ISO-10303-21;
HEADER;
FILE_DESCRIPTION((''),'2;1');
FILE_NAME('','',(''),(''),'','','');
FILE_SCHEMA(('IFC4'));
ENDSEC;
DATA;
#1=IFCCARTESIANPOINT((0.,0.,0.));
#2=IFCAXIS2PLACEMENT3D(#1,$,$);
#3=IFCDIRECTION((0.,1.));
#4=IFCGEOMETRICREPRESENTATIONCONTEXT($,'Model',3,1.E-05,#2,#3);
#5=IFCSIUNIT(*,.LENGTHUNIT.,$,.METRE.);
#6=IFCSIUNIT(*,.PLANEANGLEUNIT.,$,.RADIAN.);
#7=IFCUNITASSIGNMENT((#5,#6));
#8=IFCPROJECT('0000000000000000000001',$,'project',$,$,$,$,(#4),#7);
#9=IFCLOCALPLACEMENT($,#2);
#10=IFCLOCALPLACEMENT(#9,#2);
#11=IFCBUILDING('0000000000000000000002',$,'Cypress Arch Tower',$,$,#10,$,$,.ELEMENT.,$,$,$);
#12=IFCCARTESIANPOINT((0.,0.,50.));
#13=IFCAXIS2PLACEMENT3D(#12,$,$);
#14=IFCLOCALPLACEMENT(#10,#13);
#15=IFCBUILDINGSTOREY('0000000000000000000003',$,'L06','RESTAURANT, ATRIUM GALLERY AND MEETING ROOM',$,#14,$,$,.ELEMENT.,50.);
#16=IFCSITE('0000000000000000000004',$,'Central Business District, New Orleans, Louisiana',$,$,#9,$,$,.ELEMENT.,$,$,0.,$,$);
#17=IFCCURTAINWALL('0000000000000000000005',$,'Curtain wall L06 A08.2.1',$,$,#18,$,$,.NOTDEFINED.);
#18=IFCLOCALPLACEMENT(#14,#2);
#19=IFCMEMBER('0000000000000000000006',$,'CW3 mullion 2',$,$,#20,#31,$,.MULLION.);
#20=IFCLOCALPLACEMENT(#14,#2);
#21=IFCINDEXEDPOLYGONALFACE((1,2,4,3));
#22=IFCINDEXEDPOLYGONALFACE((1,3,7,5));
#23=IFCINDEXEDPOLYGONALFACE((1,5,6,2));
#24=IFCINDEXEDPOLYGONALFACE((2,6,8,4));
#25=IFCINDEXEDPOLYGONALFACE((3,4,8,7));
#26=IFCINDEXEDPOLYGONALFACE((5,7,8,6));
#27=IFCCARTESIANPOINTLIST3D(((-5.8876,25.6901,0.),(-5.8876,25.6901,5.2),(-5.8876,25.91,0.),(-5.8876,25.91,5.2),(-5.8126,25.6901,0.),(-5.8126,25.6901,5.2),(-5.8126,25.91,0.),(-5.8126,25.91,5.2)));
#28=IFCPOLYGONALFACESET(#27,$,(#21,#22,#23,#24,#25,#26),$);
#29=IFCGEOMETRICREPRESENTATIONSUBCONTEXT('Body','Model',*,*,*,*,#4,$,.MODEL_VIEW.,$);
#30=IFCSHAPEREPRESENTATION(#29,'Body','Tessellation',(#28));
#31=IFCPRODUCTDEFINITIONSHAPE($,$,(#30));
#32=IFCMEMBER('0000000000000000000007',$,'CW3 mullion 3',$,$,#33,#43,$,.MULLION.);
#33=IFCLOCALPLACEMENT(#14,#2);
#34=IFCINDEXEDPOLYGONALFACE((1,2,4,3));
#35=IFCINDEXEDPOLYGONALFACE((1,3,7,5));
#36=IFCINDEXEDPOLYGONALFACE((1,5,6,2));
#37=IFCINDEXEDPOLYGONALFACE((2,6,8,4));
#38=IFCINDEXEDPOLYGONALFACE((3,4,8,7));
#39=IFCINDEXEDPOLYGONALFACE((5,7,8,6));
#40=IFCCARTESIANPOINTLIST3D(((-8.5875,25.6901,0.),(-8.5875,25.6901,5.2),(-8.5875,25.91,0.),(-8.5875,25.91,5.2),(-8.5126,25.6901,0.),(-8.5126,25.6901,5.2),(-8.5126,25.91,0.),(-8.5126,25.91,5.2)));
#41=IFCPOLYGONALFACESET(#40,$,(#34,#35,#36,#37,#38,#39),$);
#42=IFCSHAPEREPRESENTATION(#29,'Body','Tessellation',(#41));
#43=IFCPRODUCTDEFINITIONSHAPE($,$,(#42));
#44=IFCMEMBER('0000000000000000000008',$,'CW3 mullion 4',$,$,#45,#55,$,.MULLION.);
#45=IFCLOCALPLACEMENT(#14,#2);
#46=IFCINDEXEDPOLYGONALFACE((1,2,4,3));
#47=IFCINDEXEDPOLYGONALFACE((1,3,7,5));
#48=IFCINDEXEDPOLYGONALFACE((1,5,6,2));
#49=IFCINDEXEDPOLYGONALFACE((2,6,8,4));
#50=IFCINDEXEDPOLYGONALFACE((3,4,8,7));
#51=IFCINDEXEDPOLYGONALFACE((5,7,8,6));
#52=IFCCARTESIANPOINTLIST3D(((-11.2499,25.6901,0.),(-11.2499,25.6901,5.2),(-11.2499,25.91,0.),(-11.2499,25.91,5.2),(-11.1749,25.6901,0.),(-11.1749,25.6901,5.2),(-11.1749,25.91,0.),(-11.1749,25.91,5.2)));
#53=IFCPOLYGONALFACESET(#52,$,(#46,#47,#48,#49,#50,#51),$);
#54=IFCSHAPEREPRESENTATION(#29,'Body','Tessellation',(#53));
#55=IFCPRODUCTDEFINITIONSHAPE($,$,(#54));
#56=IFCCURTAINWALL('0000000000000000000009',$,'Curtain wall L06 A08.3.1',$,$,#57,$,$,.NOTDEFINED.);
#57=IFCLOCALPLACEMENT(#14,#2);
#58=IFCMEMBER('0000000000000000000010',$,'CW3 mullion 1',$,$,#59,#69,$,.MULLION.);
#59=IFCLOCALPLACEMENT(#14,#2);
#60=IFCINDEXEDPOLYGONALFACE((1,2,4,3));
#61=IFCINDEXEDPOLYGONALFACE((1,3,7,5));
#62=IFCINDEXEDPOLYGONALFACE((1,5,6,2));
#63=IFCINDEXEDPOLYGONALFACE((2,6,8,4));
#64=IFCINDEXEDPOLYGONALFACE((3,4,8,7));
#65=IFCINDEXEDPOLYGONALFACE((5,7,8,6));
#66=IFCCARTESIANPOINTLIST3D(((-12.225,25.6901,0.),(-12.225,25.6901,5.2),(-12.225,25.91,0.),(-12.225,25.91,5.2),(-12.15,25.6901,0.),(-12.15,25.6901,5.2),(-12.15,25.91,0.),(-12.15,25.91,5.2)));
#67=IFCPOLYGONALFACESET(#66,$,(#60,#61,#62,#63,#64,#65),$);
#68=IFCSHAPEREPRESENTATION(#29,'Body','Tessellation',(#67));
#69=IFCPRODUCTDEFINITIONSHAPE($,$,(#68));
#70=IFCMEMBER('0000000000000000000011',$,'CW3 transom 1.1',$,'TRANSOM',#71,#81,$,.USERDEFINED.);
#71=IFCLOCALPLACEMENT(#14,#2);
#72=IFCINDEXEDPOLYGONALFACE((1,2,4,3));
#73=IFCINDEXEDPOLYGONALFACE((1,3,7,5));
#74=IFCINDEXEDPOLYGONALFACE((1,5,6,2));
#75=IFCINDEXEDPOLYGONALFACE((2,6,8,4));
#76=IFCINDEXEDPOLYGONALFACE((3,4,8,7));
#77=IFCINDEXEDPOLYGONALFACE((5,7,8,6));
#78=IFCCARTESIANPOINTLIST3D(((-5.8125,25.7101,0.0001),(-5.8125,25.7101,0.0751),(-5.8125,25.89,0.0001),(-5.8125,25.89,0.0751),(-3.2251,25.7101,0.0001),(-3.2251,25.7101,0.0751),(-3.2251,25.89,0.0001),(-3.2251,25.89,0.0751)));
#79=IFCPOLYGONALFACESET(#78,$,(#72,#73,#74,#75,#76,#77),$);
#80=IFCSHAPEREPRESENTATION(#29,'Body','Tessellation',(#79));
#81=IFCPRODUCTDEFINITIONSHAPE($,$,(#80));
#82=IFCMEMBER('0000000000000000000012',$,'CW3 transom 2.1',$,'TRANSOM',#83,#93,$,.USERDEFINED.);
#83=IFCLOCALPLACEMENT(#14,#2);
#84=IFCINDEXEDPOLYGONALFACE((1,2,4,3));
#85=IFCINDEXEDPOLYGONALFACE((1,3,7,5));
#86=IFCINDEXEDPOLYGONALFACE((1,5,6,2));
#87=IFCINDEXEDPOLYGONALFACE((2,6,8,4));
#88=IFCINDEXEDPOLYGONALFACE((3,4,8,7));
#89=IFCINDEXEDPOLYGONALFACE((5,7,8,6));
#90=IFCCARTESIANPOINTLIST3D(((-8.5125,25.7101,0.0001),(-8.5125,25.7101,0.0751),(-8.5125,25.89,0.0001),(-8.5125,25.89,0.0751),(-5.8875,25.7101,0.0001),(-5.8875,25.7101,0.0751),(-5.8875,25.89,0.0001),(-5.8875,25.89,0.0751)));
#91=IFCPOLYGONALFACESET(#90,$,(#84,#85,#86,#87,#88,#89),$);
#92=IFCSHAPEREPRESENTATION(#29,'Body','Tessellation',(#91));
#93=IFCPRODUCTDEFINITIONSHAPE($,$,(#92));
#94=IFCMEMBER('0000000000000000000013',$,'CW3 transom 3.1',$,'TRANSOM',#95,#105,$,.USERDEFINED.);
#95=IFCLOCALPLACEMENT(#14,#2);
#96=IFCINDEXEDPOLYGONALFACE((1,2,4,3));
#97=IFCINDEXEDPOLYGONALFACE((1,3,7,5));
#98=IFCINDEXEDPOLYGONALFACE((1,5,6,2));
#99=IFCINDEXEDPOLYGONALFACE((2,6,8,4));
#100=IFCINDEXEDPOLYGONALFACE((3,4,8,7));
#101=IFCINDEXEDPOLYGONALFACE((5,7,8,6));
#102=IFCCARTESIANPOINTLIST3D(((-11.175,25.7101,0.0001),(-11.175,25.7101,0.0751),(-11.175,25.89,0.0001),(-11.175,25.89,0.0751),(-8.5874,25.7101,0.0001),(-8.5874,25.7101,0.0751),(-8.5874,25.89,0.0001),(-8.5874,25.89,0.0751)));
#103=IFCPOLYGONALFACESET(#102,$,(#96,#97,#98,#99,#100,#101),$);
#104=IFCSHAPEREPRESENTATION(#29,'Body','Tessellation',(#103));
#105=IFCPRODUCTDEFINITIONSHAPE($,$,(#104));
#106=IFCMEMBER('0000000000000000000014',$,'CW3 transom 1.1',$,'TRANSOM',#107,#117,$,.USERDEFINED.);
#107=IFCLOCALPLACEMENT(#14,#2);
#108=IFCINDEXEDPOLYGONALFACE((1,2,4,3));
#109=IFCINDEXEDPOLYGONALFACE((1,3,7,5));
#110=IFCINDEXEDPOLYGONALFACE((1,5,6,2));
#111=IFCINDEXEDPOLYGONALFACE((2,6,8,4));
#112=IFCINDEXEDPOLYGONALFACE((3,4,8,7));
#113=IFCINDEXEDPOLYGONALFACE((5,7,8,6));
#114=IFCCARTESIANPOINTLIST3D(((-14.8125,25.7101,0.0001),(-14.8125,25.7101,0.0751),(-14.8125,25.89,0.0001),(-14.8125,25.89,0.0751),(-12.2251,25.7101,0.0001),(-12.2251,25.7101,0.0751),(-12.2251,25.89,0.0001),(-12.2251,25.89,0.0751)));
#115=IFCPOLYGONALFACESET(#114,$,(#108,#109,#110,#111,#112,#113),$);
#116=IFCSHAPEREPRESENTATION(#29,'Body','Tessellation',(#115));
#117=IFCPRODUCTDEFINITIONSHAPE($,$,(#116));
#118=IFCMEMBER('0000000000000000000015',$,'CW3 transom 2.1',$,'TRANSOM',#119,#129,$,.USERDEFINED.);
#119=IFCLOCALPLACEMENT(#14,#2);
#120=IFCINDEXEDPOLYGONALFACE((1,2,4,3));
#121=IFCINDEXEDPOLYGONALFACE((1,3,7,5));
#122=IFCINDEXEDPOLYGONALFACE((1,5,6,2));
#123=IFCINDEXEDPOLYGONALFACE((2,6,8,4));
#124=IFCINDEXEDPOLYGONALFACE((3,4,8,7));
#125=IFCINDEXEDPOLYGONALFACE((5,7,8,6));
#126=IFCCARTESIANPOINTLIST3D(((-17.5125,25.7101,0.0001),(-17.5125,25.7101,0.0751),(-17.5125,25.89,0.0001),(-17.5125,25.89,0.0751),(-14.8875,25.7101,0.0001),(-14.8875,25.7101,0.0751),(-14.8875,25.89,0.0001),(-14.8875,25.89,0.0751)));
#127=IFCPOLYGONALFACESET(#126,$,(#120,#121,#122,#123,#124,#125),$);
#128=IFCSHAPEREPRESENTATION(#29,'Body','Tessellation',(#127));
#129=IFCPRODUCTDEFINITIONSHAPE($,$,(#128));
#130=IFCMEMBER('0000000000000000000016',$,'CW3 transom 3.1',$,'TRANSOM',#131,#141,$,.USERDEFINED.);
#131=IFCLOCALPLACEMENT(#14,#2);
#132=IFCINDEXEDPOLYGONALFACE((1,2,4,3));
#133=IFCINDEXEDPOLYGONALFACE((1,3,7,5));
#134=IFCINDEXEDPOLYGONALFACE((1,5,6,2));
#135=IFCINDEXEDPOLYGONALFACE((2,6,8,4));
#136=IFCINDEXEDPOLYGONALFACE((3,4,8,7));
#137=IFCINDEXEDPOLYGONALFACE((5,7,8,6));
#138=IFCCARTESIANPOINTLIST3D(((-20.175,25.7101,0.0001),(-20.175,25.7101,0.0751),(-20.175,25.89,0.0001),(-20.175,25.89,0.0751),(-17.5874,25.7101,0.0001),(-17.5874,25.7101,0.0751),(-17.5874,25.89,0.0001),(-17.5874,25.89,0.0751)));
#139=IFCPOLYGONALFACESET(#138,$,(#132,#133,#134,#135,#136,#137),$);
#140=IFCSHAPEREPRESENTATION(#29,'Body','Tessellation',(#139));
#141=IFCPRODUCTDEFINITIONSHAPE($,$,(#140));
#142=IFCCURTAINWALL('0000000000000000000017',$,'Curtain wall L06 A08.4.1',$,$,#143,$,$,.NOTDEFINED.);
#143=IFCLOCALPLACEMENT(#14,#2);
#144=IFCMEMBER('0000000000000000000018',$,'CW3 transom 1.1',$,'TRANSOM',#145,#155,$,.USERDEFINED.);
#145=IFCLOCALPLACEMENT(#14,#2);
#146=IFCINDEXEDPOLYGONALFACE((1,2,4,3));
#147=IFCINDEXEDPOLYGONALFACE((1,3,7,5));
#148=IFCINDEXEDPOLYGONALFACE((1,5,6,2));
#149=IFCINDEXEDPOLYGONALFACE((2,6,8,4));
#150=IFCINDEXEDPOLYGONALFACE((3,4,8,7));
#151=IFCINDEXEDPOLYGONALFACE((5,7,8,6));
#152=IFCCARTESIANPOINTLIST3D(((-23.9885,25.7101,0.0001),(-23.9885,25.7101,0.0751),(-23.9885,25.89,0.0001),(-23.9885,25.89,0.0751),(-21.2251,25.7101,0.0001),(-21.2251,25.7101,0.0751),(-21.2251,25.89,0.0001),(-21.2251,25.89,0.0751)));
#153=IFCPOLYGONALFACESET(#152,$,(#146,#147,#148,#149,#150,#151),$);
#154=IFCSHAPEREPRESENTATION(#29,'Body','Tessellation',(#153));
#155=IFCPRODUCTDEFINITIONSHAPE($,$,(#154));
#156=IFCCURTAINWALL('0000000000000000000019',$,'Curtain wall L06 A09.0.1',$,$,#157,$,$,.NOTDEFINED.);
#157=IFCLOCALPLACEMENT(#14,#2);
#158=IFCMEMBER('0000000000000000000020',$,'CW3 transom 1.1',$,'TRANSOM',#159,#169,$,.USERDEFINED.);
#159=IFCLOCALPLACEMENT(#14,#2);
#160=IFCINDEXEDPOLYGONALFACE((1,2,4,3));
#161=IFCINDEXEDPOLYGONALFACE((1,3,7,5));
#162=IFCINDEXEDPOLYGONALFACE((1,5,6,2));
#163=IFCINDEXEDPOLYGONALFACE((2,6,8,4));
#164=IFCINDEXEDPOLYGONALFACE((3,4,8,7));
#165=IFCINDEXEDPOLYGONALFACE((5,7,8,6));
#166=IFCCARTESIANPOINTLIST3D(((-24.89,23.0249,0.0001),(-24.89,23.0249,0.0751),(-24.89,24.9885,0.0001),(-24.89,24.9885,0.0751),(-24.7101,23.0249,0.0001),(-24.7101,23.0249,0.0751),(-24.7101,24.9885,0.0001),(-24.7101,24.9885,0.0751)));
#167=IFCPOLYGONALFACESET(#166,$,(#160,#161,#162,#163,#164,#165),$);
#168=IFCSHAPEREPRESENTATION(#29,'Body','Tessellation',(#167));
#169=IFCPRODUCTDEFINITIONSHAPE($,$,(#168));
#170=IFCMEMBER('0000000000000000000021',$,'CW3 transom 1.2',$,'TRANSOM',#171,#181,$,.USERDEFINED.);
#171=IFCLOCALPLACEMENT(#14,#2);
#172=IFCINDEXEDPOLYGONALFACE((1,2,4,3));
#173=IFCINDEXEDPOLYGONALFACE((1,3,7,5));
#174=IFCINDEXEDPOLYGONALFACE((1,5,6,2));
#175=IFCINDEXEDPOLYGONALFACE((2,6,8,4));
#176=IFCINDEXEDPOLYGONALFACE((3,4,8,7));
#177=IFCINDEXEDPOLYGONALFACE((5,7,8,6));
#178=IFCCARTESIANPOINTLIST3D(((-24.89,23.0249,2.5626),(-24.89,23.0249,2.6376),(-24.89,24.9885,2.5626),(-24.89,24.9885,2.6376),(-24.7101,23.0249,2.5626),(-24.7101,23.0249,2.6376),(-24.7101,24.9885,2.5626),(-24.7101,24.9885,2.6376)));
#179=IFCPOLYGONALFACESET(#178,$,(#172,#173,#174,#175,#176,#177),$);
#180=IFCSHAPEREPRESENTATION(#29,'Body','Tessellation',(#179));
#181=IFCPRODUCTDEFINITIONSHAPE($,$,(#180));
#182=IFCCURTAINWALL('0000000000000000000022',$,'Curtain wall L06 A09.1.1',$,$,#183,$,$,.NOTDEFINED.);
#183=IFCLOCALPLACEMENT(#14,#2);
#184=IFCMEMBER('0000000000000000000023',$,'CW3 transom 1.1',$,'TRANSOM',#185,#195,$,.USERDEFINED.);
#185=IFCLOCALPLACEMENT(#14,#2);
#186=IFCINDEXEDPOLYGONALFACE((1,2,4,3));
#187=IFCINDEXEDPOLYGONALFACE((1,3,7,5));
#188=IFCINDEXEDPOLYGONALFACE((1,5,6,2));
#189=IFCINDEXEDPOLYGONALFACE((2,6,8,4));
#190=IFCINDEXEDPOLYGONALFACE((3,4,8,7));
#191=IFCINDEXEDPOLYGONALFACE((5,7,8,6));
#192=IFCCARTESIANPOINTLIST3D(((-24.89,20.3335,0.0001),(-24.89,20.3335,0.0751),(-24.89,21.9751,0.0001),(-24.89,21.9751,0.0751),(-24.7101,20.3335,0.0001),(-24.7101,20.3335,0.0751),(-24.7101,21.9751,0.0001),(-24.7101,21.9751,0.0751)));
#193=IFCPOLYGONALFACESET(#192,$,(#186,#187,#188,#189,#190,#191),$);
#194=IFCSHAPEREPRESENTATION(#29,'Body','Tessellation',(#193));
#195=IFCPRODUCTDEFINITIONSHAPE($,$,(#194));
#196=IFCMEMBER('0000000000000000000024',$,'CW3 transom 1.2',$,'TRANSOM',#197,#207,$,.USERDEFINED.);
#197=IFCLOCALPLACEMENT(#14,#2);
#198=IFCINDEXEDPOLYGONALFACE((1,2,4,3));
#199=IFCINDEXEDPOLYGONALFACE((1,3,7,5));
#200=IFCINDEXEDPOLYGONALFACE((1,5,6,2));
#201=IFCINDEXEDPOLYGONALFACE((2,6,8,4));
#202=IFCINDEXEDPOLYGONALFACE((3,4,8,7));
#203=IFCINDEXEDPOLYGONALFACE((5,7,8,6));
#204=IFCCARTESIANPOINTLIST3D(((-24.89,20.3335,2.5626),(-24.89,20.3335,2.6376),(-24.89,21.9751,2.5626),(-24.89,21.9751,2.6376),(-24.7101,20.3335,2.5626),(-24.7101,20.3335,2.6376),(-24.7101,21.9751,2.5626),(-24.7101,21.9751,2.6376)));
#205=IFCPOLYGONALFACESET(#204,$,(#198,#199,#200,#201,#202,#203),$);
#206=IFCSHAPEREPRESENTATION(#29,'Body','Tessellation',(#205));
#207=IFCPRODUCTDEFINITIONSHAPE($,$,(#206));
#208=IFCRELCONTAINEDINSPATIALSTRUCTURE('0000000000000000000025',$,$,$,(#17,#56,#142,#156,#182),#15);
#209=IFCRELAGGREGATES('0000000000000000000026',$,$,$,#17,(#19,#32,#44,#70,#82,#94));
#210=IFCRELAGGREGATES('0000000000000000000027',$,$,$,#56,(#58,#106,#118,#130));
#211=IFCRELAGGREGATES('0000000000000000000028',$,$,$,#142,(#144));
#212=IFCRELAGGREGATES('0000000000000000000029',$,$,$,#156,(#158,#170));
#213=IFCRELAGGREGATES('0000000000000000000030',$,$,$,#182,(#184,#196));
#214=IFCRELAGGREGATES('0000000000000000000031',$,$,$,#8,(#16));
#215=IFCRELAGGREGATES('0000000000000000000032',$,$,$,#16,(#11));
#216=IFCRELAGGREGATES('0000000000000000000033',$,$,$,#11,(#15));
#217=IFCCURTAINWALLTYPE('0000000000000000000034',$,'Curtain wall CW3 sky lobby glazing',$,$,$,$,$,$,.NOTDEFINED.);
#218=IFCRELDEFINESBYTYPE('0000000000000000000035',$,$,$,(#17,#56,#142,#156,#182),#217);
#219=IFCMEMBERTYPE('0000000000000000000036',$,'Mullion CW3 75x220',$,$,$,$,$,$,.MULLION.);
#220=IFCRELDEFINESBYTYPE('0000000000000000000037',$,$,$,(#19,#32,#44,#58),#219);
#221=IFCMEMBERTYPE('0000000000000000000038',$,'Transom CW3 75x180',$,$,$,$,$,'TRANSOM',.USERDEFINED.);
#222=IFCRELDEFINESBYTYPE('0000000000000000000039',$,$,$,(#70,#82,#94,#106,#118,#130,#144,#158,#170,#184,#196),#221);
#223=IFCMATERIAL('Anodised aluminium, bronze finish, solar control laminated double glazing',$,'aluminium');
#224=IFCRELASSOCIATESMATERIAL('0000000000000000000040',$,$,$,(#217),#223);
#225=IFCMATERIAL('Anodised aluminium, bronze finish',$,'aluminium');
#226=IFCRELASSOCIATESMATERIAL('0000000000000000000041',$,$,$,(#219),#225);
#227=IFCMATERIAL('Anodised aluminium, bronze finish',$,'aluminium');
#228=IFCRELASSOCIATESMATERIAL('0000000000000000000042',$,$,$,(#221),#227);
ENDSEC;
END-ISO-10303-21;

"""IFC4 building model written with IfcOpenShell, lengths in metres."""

from ifc_helpers import new_model, si_unit, direction, frame, origin, origin_2d, place, context, subcontext, project, spatial, rectangle, extrude, material, material_profile, profile_set, type_object, element, aggregate, save


model = new_model("IFC4")

# Units and contexts
model_context = context("Model", 3, precision=1e-05, world=origin(), true_north=direction((0.0, 1.0)))
body_context = subcontext(model_context, "Body", "Model", "MODEL_VIEW")
ifc_project = project(units=[si_unit("LENGTHUNIT", "METRE"), si_unit("PLANEANGLEUNIT", "RADIAN")], contexts=[model_context])

# Site, building, storey
site_placement = place(None, origin())
site = spatial("IfcSite", under=ifc_project, at=site_placement, Name="Central Business District, New Orleans, Louisiana", CompositionType="ELEMENT", RefElevation=0.0)
building_placement = place(site_placement, origin())
building = spatial("IfcBuilding", under=site, at=building_placement, Name="Cypress Arch Tower", CompositionType="ELEMENT")
storey_placement = place(building_placement, frame((0.0, 0.0, 50.0)))
storey = spatial("IfcBuildingStorey", under=building, at=storey_placement, Name="L06", Description="RESTAURANT, ATRIUM GALLERY AND MEETING ROOM", CompositionType="ELEMENT", Elevation=50.0)

# Curtain wall, members
ifc_material_1 = material(Name="Anodised aluminium, bronze finish, solar control laminated double glazing", Category="aluminium")
curtain_wall_type = type_object("IfcCurtainWallType", Name="Curtain wall CW3 sky lobby glazing", PredefinedType="NOTDEFINED", material=ifc_material_1)
curtain_wall_1_placement = place(storey_placement, origin())
curtain_wall_1 = element("IfcCurtainWall", 1, at=curtain_wall_1_placement, inside=storey, type_object=curtain_wall_type, Name="Curtain wall L06 A08.2.1", PredefinedType="NOTDEFINED")
ifc_material_2 = material(Name="Anodised aluminium, bronze finish", Category="aluminium")
ifc_material_profile_1 = material_profile(ifc_material_2, rectangle(XDim=0.22, YDim=0.075, at=origin_2d()), Name="Mullion 75x220")
ifc_profile_set_1 = profile_set([ifc_material_profile_1], Name="Anodised aluminium, bronze finish")
member_type_1 = type_object("IfcMemberType", Name="Mullion CW3 75x220", PredefinedType="MULLION", material=ifc_profile_set_1)
member_1_placement = place(storey_placement, frame((-5.8501, 25.8, 0.0), z_axis=(0.0, 0.0, 1.0), x_axis=(0.0, -1.0, 0.0)))
member_1 = element("IfcMember", 2, at=member_1_placement, type_object=member_type_1, Name="CW3 mullion 2", PredefinedType="MULLION", context=body_context, shape_type="SweptSolid", body=[
    extrude(rectangle(XDim=0.22, YDim=0.075, at=origin_2d()), origin(), (0.0, 0.0, 1.0), 5.2),
])
member_2_placement = place(storey_placement, frame((-8.55, 25.8, 0.0), z_axis=(0.0, 0.0, 1.0), x_axis=(0.0, -1.0, 0.0)))
member_2 = element("IfcMember", 3, at=member_2_placement, type_object=member_type_1, Name="CW3 mullion 3", PredefinedType="MULLION", context=body_context, shape_type="SweptSolid", body=[
    extrude(rectangle(XDim=0.22, YDim=0.075, at=origin_2d()), origin(), (0.0, 0.0, 1.0), 5.2),
])
member_3_placement = place(storey_placement, frame((-11.2124, 25.8, 0.0), z_axis=(0.0, 0.0, 1.0), x_axis=(0.0, -1.0, 0.0)))
member_3 = element("IfcMember", 4, at=member_3_placement, type_object=member_type_1, Name="CW3 mullion 4", PredefinedType="MULLION", context=body_context, shape_type="SweptSolid", body=[
    extrude(rectangle(XDim=0.22, YDim=0.075, at=origin_2d()), origin(), (0.0, 0.0, 1.0), 5.2),
])

# Curtain wall, member
curtain_wall_2_placement = place(storey_placement, origin())
curtain_wall_2 = element("IfcCurtainWall", 5, at=curtain_wall_2_placement, inside=storey, type_object=curtain_wall_type, Name="Curtain wall L06 A08.3.1", PredefinedType="NOTDEFINED")
member_4_placement = place(storey_placement, frame((-12.1875, 25.8, 0.0), z_axis=(0.0, 0.0, 1.0), x_axis=(0.0, -1.0, 0.0)))
member_4 = element("IfcMember", 6, at=member_4_placement, type_object=member_type_1, Name="CW3 mullion 1", PredefinedType="MULLION", context=body_context, shape_type="SweptSolid", body=[
    extrude(rectangle(XDim=0.22, YDim=0.075, at=origin_2d()), origin(), (0.0, 0.0, 1.0), 5.2),
])

# Members
ifc_material_3 = material(Name="Anodised aluminium, bronze finish", Category="aluminium")
ifc_material_profile_2 = material_profile(ifc_material_3, rectangle(XDim=0.1799, YDim=0.075, at=origin_2d()), Name="Transom 75x180")
ifc_profile_set_2 = profile_set([ifc_material_profile_2], Name="Anodised aluminium, bronze finish")
member_type_2 = type_object("IfcMemberType", Name="Transom CW3 75x180", ElementType="TRANSOM", PredefinedType="USERDEFINED", material=ifc_profile_set_2)
member_5_placement = place(storey_placement, frame((-3.2251, 25.8, 0.0376), z_axis=(-1.0, 0.0, 0.0), x_axis=(0.0, -1.0, 0.0)))
member_5 = element("IfcMember", 7, at=member_5_placement, type_object=member_type_2, Name="CW3 transom 1.1", ObjectType="TRANSOM", PredefinedType="USERDEFINED", context=body_context, shape_type="SweptSolid", body=[
    extrude(rectangle(XDim=0.1799, YDim=0.075, at=origin_2d()), origin(), (0.0, 0.0, 1.0), 2.5874),
])
member_6_placement = place(storey_placement, frame((-5.8875, 25.8, 0.0376), z_axis=(-1.0, 0.0, 0.0), x_axis=(0.0, -1.0, 0.0)))
member_6 = element("IfcMember", 8, at=member_6_placement, type_object=member_type_2, Name="CW3 transom 2.1", ObjectType="TRANSOM", PredefinedType="USERDEFINED", context=body_context, shape_type="SweptSolid", body=[
    extrude(rectangle(XDim=0.1799, YDim=0.075, at=origin_2d()), origin(), (0.0, 0.0, 1.0), 2.625),
])
member_7_placement = place(storey_placement, frame((-8.5874, 25.8, 0.0376), z_axis=(-1.0, 0.0, 0.0), x_axis=(0.0, -1.0, 0.0)))
member_7 = element("IfcMember", 9, at=member_7_placement, type_object=member_type_2, Name="CW3 transom 3.1", ObjectType="TRANSOM", PredefinedType="USERDEFINED", context=body_context, shape_type="SweptSolid", body=[
    extrude(rectangle(XDim=0.1799, YDim=0.075, at=origin_2d()), origin(), (0.0, 0.0, 1.0), 2.5876),
])
member_8_placement = place(storey_placement, frame((-12.2251, 25.8, 0.0376), z_axis=(-1.0, 0.0, 0.0), x_axis=(0.0, -1.0, 0.0)))
member_8 = element("IfcMember", 10, at=member_8_placement, type_object=member_type_2, Name="CW3 transom 1.1", ObjectType="TRANSOM", PredefinedType="USERDEFINED", context=body_context, shape_type="SweptSolid", body=[
    extrude(rectangle(XDim=0.1799, YDim=0.075, at=origin_2d()), origin(), (0.0, 0.0, 1.0), 2.5874),
])
member_9_placement = place(storey_placement, frame((-14.8875, 25.8, 0.0376), z_axis=(-1.0, 0.0, 0.0), x_axis=(0.0, -1.0, 0.0)))
member_9 = element("IfcMember", 11, at=member_9_placement, type_object=member_type_2, Name="CW3 transom 2.1", ObjectType="TRANSOM", PredefinedType="USERDEFINED", context=body_context, shape_type="SweptSolid", body=[
    extrude(rectangle(XDim=0.1799, YDim=0.075, at=origin_2d()), origin(), (0.0, 0.0, 1.0), 2.625),
])
member_10_placement = place(storey_placement, frame((-17.5874, 25.8, 0.0376), z_axis=(-1.0, 0.0, 0.0), x_axis=(0.0, -1.0, 0.0)))
member_10 = element("IfcMember", 12, at=member_10_placement, type_object=member_type_2, Name="CW3 transom 3.1", ObjectType="TRANSOM", PredefinedType="USERDEFINED", context=body_context, shape_type="SweptSolid", body=[
    extrude(rectangle(XDim=0.1799, YDim=0.075, at=origin_2d()), origin(), (0.0, 0.0, 1.0), 2.5876),
])

# Curtain wall, member
curtain_wall_3_placement = place(storey_placement, origin())
curtain_wall_3 = element("IfcCurtainWall", 13, at=curtain_wall_3_placement, inside=storey, type_object=curtain_wall_type, Name="Curtain wall L06 A08.4.1", PredefinedType="NOTDEFINED")
member_11_placement = place(storey_placement, frame((-21.2251, 25.8, 0.0376), z_axis=(-1.0, 0.0, 0.0), x_axis=(0.0, -1.0, 0.0)))
member_11 = element("IfcMember", 14, at=member_11_placement, type_object=member_type_2, Name="CW3 transom 1.1", ObjectType="TRANSOM", PredefinedType="USERDEFINED", context=body_context, shape_type="SweptSolid", body=[
    extrude(rectangle(XDim=0.1799, YDim=0.075, at=origin_2d()), origin(), (0.0, 0.0, 1.0), 2.7634),
])

# Curtain walls, members
curtain_wall_4_placement = place(storey_placement, origin())
curtain_wall_4 = element("IfcCurtainWall", 15, at=curtain_wall_4_placement, inside=storey, type_object=curtain_wall_type, Name="Curtain wall L06 A09.0.1", PredefinedType="NOTDEFINED")
member_12_placement = place(storey_placement, frame((-24.8, 24.9885, 0.0376), z_axis=(0.0, -1.0, 0.0), x_axis=(1.0, 0.0, 0.0)))
member_12 = element("IfcMember", 16, at=member_12_placement, type_object=member_type_2, Name="CW3 transom 1.1", ObjectType="TRANSOM", PredefinedType="USERDEFINED", context=body_context, shape_type="SweptSolid", body=[
    extrude(rectangle(XDim=0.1799, YDim=0.075, at=origin_2d()), origin(), (0.0, 0.0, 1.0), 1.9636),
])
member_13_placement = place(storey_placement, frame((-24.8, 24.9885, 2.6001), z_axis=(0.0, -1.0, 0.0), x_axis=(1.0, 0.0, 0.0)))
member_13 = element("IfcMember", 17, at=member_13_placement, type_object=member_type_2, Name="CW3 transom 1.2", ObjectType="TRANSOM", PredefinedType="USERDEFINED", context=body_context, shape_type="SweptSolid", body=[
    extrude(rectangle(XDim=0.1799, YDim=0.075, at=origin_2d()), origin(), (0.0, 0.0, 1.0), 1.9636),
])
curtain_wall_5_placement = place(storey_placement, origin())
curtain_wall_5 = element("IfcCurtainWall", 18, at=curtain_wall_5_placement, inside=storey, type_object=curtain_wall_type, Name="Curtain wall L06 A09.1.1", PredefinedType="NOTDEFINED")
member_14_placement = place(storey_placement, frame((-24.8, 21.9751, 0.0376), z_axis=(0.0, -1.0, 0.0), x_axis=(1.0, 0.0, 0.0)))
member_14 = element("IfcMember", 19, at=member_14_placement, type_object=member_type_2, Name="CW3 transom 1.1", ObjectType="TRANSOM", PredefinedType="USERDEFINED", context=body_context, shape_type="SweptSolid", body=[
    extrude(rectangle(XDim=0.1799, YDim=0.075, at=origin_2d()), origin(), (0.0, 0.0, 1.0), 1.6416),
])
member_15_placement = place(storey_placement, frame((-24.8, 21.9751, 2.6001), z_axis=(0.0, -1.0, 0.0), x_axis=(1.0, 0.0, 0.0)))
member_15 = element("IfcMember", 20, at=member_15_placement, type_object=member_type_2, Name="CW3 transom 1.2", ObjectType="TRANSOM", PredefinedType="USERDEFINED", context=body_context, shape_type="SweptSolid", body=[
    extrude(rectangle(XDim=0.1799, YDim=0.075, at=origin_2d()), origin(), (0.0, 0.0, 1.0), 1.6416),
])

aggregate(curtain_wall_1, [member_1, member_2, member_3, member_5, member_6, member_7])
aggregate(curtain_wall_2, [member_4, member_8, member_9, member_10])
aggregate(curtain_wall_3, [member_11])
aggregate(curtain_wall_4, [member_12, member_13])
aggregate(curtain_wall_5, [member_14, member_15])

save(model, "model.ifc")
